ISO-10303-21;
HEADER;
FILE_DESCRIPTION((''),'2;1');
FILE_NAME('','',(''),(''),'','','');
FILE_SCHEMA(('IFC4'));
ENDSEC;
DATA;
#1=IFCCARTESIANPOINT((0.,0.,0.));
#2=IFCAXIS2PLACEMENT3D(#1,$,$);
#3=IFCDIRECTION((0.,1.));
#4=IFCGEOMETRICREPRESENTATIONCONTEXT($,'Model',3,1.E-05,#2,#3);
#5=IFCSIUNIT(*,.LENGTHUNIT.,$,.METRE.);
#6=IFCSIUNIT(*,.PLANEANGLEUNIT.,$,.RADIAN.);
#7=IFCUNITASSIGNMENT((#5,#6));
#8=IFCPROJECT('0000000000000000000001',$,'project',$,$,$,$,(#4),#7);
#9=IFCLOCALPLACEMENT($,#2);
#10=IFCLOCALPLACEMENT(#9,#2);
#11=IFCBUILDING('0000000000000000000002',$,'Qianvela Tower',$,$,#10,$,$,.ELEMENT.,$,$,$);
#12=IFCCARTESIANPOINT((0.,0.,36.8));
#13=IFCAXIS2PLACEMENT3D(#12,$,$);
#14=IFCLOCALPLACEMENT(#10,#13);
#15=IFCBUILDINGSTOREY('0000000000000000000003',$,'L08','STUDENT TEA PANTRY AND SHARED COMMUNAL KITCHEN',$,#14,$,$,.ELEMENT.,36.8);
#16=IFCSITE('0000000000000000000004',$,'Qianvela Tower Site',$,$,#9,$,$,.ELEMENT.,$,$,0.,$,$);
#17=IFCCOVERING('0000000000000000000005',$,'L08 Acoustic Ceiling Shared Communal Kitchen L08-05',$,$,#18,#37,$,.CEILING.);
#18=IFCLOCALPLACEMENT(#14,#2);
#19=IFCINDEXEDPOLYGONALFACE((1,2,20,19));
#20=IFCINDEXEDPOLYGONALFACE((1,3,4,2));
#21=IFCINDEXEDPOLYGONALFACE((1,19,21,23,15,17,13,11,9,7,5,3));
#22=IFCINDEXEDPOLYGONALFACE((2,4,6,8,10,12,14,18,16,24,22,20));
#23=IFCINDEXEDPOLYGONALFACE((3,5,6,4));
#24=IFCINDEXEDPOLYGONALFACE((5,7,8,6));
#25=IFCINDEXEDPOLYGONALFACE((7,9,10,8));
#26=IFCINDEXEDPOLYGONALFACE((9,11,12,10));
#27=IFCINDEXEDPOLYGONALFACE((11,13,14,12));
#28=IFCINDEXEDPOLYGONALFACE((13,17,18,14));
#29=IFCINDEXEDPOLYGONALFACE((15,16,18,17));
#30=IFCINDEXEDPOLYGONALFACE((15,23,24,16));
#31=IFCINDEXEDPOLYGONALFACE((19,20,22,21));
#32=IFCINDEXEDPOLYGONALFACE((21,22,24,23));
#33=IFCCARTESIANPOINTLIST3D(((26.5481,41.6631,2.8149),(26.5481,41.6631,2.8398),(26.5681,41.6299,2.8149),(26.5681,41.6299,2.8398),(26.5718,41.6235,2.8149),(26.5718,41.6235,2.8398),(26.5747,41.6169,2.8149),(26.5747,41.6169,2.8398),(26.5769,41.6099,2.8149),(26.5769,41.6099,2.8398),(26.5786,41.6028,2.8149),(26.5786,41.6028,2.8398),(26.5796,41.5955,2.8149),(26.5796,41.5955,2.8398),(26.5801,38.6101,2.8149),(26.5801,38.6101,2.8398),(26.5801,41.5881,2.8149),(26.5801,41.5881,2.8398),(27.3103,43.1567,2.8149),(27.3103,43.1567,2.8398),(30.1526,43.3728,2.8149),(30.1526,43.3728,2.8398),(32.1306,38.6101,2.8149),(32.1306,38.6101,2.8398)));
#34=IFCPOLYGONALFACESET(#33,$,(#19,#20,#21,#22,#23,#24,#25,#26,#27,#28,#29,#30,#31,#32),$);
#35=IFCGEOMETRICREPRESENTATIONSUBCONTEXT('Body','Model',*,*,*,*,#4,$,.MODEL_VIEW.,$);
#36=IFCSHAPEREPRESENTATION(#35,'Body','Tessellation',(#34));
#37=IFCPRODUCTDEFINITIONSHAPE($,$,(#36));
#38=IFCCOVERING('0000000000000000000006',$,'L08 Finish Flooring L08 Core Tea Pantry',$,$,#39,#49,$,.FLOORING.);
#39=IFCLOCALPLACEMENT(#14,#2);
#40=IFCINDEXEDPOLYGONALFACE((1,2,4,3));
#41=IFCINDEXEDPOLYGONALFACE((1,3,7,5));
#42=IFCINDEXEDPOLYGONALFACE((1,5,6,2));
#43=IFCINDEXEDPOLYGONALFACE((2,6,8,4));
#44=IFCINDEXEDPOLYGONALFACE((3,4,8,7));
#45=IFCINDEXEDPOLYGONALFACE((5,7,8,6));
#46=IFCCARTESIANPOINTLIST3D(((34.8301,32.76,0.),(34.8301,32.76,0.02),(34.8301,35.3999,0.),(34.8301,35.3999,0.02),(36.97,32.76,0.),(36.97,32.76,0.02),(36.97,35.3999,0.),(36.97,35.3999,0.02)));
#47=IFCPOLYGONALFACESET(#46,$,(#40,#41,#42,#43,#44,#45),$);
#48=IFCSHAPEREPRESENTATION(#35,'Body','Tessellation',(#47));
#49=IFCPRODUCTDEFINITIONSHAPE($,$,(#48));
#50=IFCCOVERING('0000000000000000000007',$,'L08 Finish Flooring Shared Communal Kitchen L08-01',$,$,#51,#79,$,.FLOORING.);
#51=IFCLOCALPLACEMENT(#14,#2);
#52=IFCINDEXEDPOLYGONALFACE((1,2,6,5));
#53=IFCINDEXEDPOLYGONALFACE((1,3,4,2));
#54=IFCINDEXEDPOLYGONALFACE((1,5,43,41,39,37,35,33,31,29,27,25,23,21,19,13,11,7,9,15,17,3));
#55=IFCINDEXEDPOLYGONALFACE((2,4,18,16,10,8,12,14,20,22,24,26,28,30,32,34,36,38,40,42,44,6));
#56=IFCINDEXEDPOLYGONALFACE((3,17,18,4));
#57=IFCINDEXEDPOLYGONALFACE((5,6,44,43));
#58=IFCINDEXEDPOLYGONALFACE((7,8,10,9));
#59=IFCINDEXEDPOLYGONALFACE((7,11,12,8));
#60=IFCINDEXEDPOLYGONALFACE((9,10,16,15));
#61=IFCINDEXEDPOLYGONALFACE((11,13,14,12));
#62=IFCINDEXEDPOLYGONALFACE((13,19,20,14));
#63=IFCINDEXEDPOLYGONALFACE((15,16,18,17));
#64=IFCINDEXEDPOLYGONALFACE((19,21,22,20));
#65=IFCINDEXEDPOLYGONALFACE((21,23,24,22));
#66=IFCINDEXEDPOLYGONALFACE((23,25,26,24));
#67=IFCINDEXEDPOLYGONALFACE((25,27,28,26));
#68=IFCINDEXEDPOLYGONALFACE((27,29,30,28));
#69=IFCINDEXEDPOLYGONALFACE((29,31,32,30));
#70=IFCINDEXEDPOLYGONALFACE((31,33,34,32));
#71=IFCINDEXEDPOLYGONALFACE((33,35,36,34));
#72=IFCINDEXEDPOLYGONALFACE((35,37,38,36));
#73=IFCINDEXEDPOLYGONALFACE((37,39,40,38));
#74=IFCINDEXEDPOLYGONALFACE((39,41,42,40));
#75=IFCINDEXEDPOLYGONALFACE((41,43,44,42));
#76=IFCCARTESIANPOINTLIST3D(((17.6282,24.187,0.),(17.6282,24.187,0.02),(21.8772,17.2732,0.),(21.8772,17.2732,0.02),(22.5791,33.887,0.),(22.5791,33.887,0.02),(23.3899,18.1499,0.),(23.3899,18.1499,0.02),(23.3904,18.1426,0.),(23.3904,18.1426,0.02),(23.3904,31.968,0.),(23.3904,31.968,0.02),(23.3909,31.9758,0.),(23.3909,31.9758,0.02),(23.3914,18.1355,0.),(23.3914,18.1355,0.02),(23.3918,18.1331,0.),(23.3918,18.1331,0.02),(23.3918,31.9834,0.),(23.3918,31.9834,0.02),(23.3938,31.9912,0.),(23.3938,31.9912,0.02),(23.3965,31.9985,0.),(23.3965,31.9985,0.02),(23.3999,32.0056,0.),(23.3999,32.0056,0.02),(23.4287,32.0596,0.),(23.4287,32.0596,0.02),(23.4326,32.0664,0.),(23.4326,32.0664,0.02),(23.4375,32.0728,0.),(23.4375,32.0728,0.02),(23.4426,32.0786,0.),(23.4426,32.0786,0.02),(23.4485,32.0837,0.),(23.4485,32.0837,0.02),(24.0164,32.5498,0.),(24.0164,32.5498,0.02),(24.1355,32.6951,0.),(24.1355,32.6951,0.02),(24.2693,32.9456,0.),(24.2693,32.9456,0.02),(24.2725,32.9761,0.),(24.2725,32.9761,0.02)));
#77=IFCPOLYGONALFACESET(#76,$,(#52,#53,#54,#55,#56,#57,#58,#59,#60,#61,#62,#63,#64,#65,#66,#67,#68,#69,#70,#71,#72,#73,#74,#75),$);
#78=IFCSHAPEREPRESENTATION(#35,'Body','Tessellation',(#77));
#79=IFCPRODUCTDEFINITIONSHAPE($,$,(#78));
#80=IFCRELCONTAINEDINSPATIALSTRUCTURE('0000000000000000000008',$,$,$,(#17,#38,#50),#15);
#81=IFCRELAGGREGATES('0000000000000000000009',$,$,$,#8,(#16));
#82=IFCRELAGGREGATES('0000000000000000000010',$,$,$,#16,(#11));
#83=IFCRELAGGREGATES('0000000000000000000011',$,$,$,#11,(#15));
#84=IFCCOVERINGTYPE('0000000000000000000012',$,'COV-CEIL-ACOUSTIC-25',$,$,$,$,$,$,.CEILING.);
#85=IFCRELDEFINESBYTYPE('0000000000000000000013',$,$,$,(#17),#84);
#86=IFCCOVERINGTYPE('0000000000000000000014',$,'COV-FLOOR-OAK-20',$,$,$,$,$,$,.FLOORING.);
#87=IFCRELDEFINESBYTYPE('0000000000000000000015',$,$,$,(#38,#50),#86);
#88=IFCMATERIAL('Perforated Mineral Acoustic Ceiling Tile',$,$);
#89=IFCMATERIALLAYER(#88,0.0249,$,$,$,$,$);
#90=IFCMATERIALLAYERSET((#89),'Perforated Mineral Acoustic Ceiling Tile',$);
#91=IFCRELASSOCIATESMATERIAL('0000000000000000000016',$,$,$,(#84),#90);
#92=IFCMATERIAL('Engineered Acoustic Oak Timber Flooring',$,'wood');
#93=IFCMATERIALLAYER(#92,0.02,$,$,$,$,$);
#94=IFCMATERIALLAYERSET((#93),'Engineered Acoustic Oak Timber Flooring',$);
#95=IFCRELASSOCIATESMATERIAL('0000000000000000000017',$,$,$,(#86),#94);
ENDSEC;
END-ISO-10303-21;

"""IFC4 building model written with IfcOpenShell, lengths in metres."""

from ifc_helpers import new_model, si_unit, direction, frame, origin, place, context, subcontext, project, spatial, polyline, outline, extrude, material, layer, layer_set, type_object, element, save


model = new_model("IFC4")

# Units and contexts
model_context = context("Model", 3, precision=1e-05, world=origin(), true_north=direction((0.0, 1.0)))
body_context = subcontext(model_context, "Body", "Model", "MODEL_VIEW")
ifc_project = project(units=[si_unit("LENGTHUNIT", "METRE"), si_unit("PLANEANGLEUNIT", "RADIAN")], contexts=[model_context])

# Site, building, storey
site_placement = place(None, origin())
site = spatial("IfcSite", under=ifc_project, at=site_placement, Name="Qianvela Tower Site", CompositionType="ELEMENT", RefElevation=0.0)
building_placement = place(site_placement, origin())
building = spatial("IfcBuilding", under=site, at=building_placement, Name="Qianvela Tower", CompositionType="ELEMENT")
storey_placement = place(building_placement, frame((0.0, 0.0, 36.8)))
storey = spatial("IfcBuildingStorey", under=building, at=storey_placement, Name="L08", Description="STUDENT TEA PANTRY AND SHARED COMMUNAL KITCHEN", CompositionType="ELEMENT", Elevation=36.8)

# Coverings
ifc_material_1 = material(Name="Perforated Mineral Acoustic Ceiling Tile")
ifc_layer_1 = layer(ifc_material_1, 0.0249)
ifc_layer_set_1 = layer_set([ifc_layer_1], Name="Perforated Mineral Acoustic Ceiling Tile")
covering_type_1 = type_object("IfcCoveringType", Name="COV-CEIL-ACOUSTIC-25", PredefinedType="CEILING", material=ifc_layer_set_1)
covering_1_placement = place(storey_placement, frame((0.0, 0.0, 2.8149)))
element("IfcCovering", 1, at=covering_1_placement, inside=storey, type_object=covering_type_1, Name="L08 Acoustic Ceiling Shared Communal Kitchen L08-05", PredefinedType="CEILING", context=body_context, shape_type="SweptSolid", body=[
    extrude(outline(polyline([(26.5801, 41.5881), (26.5796, 41.5955), (26.5786, 41.6028), (26.5769, 41.6099), (26.5747, 41.6169), (26.5718, 41.6235), (26.5681, 41.6299), (26.5481, 41.6631), (27.3103, 43.1567), (30.1526, 43.3728), (32.1306, 38.6101), (26.5801, 38.6101), (26.5801, 41.5881)])), origin(), (0.0, 0.0, 1.0), 0.0249),
])
ifc_material_2 = material(Name="Engineered Acoustic Oak Timber Flooring", Category="wood")
ifc_layer_2 = layer(ifc_material_2, 0.02)
ifc_layer_set_2 = layer_set([ifc_layer_2], Name="Engineered Acoustic Oak Timber Flooring")
covering_type_2 = type_object("IfcCoveringType", Name="COV-FLOOR-OAK-20", PredefinedType="FLOORING", material=ifc_layer_set_2)
covering_2_placement = place(storey_placement, origin())
element("IfcCovering", 2, at=covering_2_placement, inside=storey, type_object=covering_type_2, Name="L08 Finish Flooring L08 Core Tea Pantry", PredefinedType="FLOORING", context=body_context, shape_type="SweptSolid", body=[
    extrude(outline(polyline([(36.97, 32.76), (34.8301, 32.76), (34.8301, 35.3999), (36.97, 35.3999), (36.97, 32.76)])), origin(), (0.0, 0.0, 1.0), 0.02),
])
covering_3_placement = place(storey_placement, origin())
element("IfcCovering", 3, at=covering_3_placement, inside=storey, type_object=covering_type_2, Name="L08 Finish Flooring Shared Communal Kitchen L08-01", PredefinedType="FLOORING", context=body_context, shape_type="SweptSolid", body=[
    extrude(outline(polyline([(22.5791, 33.887), (24.2725, 32.9761), (24.2693, 32.9456), (24.1355, 32.6951), (24.0164, 32.5498), (23.4485, 32.0837), (23.4426, 32.0786), (23.4375, 32.0728), (23.4326, 32.0664), (23.4287, 32.0596), (23.3999, 32.0056), (23.3965, 31.9985), (23.3938, 31.9912), (23.3918, 31.9834), (23.3909, 31.9758), (23.3904, 31.968), (23.3899, 18.1499), (23.3904, 18.1426), (23.3914, 18.1355), (23.3918, 18.1331), (21.8772, 17.2732), (17.6282, 24.187), (22.5791, 33.887)])), origin(), (0.0, 0.0, 1.0), 0.02),
])

save(model, "model.ifc")
